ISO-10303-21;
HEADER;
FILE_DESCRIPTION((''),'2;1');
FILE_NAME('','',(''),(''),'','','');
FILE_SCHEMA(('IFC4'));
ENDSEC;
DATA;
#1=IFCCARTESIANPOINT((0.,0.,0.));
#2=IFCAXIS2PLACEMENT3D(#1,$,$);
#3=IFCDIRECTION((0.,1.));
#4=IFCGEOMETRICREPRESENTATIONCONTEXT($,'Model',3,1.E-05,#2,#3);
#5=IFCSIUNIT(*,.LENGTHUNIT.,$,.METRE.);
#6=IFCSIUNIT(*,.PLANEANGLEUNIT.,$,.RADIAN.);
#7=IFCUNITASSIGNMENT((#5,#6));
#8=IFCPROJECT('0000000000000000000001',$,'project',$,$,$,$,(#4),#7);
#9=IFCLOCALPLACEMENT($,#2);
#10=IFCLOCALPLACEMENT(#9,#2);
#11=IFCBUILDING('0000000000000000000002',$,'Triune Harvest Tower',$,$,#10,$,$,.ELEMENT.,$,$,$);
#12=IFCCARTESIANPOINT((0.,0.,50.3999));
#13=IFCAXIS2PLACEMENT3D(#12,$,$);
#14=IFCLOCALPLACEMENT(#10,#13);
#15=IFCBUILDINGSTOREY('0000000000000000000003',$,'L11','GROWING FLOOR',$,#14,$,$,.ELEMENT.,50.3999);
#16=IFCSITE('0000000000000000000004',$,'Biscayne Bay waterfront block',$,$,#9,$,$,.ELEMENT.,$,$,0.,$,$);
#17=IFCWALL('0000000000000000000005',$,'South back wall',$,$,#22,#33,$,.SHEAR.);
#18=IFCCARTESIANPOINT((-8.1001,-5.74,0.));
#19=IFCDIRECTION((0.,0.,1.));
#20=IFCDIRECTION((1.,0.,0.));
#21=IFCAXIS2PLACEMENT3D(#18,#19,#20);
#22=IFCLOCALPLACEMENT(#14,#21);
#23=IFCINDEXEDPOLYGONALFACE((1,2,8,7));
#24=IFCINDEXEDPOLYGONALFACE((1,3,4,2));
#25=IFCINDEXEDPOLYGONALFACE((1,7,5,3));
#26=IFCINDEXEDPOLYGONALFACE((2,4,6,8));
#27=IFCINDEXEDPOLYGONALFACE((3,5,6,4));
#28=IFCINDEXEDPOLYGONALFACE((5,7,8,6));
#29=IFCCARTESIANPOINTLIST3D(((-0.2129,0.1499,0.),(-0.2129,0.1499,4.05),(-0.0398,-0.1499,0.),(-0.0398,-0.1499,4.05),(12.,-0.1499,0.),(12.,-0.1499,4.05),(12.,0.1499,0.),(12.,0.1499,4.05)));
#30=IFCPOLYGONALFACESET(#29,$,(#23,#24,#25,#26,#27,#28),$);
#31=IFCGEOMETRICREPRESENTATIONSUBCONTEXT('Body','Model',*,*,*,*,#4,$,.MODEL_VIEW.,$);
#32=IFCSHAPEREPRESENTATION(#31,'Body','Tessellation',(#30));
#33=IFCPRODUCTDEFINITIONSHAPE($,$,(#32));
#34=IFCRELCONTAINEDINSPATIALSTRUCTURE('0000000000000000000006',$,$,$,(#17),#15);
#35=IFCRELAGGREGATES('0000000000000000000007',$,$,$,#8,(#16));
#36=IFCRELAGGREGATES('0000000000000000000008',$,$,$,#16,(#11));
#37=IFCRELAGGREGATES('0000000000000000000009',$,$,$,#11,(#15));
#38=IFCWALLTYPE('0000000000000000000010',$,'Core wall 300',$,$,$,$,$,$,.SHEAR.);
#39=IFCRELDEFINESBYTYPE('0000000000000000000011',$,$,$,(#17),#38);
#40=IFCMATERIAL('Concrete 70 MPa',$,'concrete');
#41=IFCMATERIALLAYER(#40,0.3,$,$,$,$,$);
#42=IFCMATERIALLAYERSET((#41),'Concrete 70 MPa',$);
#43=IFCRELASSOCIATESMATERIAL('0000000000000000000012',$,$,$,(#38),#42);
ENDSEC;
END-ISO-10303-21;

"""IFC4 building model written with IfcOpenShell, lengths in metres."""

from ifc_helpers import new_model, si_unit, direction, frame, origin, place, context, subcontext, project, spatial, polyline, outline, extrude, material, layer, layer_set, type_object, element, save


model = new_model("IFC4")

# Units and contexts
model_context = context("Model", 3, precision=1e-05, world=origin(), true_north=direction((0.0, 1.0)))
body_context = subcontext(model_context, "Body", "Model", "MODEL_VIEW")
ifc_project = project(units=[si_unit("LENGTHUNIT", "METRE"), si_unit("PLANEANGLEUNIT", "RADIAN")], contexts=[model_context])

# Site, building, storey
site_placement = place(None, origin())
site = spatial("IfcSite", under=ifc_project, at=site_placement, Name="Biscayne Bay waterfront block", CompositionType="ELEMENT", RefElevation=0.0)
building_placement = place(site_placement, origin())
building = spatial("IfcBuilding", under=site, at=building_placement, Name="Triune Harvest Tower", CompositionType="ELEMENT")
storey_placement = place(building_placement, frame((0.0, 0.0, 50.3999)))
storey = spatial("IfcBuildingStorey", under=building, at=storey_placement, Name="L11", Description="GROWING FLOOR", CompositionType="ELEMENT", Elevation=50.3999)

# Shared definitions
ifc_material_1 = material(Name="Concrete 70 MPa", Category="concrete")
ifc_layer_1 = layer(ifc_material_1, 0.3)
ifc_layer_set_1 = layer_set([ifc_layer_1], Name="Concrete 70 MPa")
wall_type_1 = type_object("IfcWallType", Name="Core wall 300", PredefinedType="SHEAR", material=ifc_layer_set_1)

# Wall
wall_1_placement = place(storey_placement, frame((-8.1001, -5.74, 0.0), z_axis=(0.0, 0.0, 1.0), x_axis=(1.0, 0.0, 0.0)))
element("IfcWall", 1, at=wall_1_placement, inside=storey, type_object=wall_type_1, Name="South back wall", PredefinedType="SHEAR", context=body_context, shape_type="SweptSolid", body=[
    extrude(outline(polyline([(12.0, -0.1499), (-0.0398, -0.1499), (-0.2129, 0.1499), (12.0, 0.1499), (12.0, -0.1499)])), origin(), (0.0, 0.0, 1.0), 4.05),
])

save(model, "model.ifc")
